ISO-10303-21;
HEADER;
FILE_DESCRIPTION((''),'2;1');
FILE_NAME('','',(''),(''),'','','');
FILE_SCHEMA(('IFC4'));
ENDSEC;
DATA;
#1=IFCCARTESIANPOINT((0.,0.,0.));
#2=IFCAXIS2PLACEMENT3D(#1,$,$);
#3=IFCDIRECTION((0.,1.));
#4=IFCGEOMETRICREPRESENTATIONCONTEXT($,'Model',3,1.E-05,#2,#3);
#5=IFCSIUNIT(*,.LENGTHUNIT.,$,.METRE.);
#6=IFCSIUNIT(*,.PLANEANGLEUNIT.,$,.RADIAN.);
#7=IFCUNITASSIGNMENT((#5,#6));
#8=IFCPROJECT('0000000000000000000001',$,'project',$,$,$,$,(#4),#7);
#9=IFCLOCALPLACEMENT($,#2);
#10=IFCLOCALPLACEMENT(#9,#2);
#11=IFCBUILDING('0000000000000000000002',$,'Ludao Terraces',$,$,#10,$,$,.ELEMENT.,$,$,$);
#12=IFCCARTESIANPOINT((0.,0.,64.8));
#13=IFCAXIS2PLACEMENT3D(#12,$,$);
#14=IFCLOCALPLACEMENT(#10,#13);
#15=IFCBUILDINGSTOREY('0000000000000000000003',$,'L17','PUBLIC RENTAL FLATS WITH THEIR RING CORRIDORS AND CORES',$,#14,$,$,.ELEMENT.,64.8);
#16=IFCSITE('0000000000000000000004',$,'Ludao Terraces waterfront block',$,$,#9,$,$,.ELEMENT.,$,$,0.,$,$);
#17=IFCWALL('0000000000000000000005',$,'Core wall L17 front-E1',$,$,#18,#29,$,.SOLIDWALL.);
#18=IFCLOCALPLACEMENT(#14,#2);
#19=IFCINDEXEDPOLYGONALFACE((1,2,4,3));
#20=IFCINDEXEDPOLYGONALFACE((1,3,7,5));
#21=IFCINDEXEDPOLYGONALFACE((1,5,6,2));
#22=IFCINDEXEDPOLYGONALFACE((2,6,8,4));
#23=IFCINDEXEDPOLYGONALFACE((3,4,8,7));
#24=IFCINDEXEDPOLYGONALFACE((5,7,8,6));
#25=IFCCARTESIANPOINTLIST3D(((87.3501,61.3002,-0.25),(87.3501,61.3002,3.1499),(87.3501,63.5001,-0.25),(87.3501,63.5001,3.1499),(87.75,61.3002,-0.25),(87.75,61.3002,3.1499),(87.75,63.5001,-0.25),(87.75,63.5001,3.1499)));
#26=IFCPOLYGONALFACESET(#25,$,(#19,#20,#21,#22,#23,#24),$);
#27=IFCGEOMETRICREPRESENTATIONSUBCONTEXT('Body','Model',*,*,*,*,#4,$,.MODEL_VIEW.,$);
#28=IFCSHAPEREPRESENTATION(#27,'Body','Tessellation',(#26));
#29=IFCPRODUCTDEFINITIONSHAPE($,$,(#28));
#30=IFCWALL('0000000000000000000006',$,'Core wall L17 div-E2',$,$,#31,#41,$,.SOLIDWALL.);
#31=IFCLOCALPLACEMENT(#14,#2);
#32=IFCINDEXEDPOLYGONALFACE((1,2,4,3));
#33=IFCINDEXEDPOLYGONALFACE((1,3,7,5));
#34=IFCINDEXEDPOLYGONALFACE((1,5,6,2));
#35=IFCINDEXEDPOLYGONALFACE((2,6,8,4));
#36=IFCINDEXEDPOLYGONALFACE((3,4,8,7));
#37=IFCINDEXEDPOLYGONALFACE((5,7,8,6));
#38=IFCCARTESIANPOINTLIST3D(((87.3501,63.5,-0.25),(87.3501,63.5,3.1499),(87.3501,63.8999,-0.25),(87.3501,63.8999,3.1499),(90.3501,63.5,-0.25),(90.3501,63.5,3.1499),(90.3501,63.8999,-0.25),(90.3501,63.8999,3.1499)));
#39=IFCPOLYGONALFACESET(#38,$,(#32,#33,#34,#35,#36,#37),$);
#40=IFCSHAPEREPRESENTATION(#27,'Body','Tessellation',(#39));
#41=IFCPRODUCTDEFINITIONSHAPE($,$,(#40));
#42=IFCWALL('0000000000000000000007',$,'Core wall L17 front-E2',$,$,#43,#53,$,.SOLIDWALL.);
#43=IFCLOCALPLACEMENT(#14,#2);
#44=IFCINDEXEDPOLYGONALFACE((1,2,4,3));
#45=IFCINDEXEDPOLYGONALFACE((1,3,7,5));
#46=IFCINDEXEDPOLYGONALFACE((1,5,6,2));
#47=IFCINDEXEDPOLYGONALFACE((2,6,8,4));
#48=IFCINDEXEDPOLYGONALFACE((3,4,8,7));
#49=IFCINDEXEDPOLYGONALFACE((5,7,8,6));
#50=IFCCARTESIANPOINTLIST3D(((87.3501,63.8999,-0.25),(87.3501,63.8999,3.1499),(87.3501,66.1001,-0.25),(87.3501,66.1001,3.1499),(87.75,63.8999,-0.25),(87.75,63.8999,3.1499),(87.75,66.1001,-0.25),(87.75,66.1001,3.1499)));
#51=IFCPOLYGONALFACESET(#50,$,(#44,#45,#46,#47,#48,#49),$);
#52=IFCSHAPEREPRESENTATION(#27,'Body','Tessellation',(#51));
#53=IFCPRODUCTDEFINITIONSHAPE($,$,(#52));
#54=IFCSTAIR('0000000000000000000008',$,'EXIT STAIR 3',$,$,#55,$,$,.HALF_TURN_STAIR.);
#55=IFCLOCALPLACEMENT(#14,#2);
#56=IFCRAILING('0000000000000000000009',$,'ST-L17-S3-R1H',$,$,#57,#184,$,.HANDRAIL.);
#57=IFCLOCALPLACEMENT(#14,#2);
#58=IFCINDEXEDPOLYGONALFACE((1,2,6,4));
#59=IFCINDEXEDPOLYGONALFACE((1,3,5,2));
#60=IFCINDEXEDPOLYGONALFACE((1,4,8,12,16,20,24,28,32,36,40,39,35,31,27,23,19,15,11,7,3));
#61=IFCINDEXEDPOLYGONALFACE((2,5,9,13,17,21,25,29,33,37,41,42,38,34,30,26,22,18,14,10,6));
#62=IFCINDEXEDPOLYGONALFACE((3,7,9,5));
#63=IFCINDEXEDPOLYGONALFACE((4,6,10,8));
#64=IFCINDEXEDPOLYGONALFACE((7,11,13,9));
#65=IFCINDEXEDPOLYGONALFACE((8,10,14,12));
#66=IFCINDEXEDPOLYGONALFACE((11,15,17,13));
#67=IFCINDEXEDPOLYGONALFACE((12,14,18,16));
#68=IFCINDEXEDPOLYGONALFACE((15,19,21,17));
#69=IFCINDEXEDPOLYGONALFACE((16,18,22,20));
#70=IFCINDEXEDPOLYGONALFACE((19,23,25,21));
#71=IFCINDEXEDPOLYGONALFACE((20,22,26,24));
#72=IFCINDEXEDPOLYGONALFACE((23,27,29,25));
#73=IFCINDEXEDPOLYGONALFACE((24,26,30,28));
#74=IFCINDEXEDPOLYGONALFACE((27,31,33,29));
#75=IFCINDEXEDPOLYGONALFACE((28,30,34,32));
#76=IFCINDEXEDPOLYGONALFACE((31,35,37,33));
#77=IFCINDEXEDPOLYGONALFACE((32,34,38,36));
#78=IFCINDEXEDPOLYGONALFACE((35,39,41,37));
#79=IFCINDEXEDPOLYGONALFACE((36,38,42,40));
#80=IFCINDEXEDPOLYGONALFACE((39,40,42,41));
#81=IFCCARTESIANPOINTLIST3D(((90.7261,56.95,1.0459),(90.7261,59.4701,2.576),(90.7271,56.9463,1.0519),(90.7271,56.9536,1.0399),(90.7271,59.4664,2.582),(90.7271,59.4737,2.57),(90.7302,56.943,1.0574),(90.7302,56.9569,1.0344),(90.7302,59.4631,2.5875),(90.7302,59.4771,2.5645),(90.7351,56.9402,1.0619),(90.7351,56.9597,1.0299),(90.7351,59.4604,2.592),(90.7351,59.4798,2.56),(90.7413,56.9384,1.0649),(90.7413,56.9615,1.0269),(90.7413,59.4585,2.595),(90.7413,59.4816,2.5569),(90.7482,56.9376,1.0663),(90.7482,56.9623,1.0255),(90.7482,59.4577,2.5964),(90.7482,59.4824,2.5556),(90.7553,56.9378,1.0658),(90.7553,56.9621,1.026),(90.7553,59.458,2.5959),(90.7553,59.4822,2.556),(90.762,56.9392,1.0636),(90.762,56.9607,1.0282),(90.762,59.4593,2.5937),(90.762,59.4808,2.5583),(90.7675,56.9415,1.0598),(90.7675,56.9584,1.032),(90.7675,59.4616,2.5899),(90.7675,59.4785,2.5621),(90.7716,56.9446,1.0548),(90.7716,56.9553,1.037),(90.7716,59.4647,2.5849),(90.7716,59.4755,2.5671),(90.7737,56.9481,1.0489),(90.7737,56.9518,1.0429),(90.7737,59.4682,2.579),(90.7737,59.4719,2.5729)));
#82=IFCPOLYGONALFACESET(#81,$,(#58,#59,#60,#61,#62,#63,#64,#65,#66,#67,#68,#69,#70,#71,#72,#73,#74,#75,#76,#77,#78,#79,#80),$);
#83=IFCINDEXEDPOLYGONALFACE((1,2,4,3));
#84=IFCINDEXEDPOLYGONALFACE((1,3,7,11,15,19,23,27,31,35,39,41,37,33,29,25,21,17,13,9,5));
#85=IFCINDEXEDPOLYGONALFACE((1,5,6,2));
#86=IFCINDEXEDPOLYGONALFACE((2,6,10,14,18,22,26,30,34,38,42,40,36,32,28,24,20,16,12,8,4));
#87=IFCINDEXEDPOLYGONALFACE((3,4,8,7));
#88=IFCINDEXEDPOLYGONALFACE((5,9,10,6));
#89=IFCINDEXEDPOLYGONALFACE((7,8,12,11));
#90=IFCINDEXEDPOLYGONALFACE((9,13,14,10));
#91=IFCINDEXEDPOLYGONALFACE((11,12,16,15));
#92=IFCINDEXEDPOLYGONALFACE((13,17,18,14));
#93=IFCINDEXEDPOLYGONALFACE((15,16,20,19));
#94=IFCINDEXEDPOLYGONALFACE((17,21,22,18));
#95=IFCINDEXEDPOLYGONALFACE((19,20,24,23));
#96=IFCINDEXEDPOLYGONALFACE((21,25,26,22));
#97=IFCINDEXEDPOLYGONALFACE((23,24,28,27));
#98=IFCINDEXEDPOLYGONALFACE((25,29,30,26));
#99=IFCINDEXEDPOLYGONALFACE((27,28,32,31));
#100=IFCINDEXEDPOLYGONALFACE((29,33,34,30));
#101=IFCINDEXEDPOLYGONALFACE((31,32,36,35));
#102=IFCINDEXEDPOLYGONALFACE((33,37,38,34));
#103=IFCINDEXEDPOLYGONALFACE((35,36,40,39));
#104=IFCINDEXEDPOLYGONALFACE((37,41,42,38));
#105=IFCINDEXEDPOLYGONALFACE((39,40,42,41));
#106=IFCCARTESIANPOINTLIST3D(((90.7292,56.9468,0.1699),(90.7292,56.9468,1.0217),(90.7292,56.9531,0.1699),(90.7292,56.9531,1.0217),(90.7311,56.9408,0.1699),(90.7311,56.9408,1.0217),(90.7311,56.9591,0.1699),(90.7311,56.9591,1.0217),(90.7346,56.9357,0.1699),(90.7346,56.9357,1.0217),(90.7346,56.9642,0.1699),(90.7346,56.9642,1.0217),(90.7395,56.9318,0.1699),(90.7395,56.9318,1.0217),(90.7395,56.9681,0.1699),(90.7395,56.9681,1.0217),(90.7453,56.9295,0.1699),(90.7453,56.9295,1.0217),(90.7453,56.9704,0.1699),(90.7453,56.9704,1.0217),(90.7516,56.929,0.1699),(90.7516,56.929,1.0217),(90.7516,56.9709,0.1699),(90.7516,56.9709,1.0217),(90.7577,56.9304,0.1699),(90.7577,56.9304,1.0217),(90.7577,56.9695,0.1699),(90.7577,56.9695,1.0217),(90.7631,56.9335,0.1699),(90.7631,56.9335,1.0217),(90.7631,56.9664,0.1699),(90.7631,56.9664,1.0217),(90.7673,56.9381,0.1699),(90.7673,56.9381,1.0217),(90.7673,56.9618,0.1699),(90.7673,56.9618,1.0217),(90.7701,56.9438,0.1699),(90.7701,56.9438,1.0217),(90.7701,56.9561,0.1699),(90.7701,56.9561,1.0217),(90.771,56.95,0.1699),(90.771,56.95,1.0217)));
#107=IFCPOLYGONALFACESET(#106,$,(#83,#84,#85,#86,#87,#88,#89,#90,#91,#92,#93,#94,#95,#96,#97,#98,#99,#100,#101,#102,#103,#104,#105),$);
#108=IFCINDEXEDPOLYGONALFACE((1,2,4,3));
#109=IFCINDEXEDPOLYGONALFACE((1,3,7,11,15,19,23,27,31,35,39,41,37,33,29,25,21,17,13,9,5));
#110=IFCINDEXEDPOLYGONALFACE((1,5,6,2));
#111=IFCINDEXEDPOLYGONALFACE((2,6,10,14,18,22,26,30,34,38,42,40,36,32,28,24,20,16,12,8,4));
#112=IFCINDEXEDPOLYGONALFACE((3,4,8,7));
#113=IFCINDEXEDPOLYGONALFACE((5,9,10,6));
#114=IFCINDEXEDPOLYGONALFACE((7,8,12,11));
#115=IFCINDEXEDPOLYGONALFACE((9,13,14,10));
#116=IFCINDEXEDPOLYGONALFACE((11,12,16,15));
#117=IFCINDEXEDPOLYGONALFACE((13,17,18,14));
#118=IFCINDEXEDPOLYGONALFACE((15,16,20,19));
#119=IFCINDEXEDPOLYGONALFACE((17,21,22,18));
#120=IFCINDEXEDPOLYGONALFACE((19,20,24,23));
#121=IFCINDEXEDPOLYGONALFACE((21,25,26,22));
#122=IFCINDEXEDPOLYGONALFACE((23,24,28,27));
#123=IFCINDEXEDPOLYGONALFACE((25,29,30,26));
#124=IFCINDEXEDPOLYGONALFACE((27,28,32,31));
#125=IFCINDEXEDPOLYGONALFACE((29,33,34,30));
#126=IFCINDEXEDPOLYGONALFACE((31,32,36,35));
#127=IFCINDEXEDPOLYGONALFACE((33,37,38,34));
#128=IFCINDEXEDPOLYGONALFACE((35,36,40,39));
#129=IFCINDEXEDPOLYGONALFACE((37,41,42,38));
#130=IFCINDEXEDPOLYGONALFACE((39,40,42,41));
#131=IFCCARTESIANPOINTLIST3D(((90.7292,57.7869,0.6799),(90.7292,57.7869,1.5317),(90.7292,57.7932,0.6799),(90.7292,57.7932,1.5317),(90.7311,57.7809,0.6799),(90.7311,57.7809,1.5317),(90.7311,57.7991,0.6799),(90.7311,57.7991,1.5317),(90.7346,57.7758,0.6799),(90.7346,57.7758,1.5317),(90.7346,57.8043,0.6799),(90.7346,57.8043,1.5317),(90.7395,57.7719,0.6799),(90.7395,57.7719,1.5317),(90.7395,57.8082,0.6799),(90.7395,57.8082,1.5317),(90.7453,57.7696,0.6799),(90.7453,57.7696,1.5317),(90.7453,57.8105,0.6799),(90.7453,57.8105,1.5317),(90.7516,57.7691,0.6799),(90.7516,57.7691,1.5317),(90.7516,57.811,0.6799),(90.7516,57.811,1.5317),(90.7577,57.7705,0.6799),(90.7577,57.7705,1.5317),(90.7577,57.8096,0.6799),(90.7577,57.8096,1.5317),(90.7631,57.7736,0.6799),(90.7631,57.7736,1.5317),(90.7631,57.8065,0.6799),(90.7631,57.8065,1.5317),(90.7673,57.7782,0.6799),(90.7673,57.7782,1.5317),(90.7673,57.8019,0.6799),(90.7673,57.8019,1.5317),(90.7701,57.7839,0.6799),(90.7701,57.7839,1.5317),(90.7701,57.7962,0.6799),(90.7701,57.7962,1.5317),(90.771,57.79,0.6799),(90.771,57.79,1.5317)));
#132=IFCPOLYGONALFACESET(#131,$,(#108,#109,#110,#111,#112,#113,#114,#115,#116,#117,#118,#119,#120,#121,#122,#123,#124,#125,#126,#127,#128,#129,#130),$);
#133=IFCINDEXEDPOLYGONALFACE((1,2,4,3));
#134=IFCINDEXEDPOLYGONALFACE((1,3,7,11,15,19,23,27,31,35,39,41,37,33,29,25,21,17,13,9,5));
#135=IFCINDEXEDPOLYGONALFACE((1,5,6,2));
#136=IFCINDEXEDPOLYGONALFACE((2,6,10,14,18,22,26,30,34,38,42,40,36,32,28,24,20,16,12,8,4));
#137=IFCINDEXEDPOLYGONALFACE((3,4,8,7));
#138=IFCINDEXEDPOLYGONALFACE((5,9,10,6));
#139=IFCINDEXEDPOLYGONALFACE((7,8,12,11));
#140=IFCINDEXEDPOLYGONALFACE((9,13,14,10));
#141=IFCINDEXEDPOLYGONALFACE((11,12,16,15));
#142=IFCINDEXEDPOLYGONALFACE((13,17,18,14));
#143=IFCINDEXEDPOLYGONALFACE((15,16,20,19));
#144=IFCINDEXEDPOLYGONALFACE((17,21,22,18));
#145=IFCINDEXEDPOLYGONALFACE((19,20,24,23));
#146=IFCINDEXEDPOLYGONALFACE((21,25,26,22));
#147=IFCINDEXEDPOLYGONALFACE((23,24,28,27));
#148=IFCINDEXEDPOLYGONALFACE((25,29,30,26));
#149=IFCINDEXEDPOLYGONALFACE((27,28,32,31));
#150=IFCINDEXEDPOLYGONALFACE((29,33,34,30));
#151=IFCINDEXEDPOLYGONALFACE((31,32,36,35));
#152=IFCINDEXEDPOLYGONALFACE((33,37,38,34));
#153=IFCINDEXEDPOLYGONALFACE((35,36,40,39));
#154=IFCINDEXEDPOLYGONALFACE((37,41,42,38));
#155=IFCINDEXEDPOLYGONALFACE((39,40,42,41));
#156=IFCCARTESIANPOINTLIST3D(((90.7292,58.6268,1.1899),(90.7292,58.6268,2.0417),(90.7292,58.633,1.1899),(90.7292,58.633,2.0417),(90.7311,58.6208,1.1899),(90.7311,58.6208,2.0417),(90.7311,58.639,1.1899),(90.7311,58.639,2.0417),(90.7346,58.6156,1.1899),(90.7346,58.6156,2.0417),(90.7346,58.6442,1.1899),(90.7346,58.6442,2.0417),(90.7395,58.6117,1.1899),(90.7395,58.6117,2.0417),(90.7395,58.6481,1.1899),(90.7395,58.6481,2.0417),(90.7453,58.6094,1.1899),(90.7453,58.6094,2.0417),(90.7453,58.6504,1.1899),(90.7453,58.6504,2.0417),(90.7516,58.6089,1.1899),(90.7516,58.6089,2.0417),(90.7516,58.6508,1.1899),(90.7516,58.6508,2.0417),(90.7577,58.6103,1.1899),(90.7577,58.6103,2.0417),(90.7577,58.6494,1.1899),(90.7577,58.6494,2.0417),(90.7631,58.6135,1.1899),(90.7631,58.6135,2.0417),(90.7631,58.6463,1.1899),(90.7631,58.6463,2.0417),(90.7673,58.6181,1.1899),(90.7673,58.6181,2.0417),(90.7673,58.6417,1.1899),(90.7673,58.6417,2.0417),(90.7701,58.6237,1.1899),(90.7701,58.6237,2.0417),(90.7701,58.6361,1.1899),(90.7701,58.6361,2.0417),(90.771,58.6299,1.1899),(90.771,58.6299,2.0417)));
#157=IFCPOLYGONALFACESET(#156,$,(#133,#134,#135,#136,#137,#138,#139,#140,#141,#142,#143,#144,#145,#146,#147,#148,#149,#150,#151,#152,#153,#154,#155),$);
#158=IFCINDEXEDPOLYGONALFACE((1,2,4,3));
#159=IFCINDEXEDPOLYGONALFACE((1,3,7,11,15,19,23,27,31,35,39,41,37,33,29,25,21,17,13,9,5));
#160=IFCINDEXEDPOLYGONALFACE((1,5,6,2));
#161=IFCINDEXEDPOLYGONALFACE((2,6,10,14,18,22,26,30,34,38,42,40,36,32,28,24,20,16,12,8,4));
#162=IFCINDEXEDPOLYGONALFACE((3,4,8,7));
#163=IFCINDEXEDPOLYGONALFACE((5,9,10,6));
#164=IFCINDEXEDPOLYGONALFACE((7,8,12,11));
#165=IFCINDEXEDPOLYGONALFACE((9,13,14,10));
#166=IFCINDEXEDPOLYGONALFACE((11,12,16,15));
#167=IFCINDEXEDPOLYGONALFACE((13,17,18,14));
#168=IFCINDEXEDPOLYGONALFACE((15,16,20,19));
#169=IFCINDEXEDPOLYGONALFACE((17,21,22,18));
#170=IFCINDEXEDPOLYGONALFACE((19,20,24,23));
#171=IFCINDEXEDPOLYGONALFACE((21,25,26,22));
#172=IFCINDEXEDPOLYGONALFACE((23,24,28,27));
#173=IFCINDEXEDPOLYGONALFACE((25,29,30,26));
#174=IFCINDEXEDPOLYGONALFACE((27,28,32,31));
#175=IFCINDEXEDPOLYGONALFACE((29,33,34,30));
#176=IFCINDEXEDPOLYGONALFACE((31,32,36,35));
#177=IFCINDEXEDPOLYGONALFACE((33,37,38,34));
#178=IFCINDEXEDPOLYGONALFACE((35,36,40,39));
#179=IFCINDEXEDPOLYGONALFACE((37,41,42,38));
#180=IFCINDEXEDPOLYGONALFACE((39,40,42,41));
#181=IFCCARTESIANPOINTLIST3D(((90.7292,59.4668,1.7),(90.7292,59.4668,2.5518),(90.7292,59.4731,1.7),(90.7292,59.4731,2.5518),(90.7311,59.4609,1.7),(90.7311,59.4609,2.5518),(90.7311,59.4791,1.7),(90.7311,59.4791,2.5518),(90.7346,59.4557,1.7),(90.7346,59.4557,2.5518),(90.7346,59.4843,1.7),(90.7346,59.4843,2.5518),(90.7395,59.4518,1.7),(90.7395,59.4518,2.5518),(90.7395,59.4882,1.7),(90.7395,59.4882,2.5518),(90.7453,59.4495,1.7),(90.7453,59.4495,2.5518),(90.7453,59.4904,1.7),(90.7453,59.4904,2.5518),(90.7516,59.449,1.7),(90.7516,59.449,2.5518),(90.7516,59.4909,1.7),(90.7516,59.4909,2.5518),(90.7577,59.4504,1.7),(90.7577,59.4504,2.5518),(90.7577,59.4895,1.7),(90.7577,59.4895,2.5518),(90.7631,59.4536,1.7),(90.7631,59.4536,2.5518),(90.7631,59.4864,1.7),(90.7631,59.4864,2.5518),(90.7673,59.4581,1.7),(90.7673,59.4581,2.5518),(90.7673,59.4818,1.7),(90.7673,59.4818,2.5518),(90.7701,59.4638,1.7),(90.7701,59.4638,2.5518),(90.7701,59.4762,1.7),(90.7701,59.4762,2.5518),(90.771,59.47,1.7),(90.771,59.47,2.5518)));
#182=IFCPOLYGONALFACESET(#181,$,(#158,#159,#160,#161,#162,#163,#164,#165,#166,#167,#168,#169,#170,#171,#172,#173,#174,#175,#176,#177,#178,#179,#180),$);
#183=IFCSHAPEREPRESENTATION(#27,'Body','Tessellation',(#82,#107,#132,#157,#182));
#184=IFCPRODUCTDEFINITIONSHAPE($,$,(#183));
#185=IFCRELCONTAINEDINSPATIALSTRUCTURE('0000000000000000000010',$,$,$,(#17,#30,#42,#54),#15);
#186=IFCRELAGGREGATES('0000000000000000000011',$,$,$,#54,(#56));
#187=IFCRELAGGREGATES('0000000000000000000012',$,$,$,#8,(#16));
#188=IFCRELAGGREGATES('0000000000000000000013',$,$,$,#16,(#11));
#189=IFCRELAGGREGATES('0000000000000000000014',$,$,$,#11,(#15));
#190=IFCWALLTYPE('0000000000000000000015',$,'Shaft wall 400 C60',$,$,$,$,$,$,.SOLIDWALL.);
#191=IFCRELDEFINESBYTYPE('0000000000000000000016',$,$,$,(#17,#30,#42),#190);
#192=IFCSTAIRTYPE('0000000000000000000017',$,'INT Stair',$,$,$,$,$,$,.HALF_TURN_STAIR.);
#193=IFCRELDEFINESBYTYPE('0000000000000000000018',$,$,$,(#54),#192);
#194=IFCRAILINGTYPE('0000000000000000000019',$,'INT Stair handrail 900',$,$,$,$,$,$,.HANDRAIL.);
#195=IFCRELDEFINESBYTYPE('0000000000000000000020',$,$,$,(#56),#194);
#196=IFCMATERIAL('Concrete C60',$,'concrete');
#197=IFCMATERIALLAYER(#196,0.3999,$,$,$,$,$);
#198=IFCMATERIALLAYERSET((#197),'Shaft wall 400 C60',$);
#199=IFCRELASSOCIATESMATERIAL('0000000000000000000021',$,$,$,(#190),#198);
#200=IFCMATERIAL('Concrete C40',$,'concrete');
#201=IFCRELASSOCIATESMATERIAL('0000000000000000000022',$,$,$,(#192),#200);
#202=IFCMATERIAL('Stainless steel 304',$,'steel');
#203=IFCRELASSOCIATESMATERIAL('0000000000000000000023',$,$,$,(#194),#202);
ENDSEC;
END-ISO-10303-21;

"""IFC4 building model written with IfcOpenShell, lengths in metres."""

from ifc_helpers import new_model, si_unit, direction, frame, frame_2d, origin, origin_2d, place, context, subcontext, project, spatial, rectangle, circle, extrude, material, layer, layer_set, type_object, element, aggregate, save


model = new_model("IFC4")

# Units and contexts
model_context = context("Model", 3, precision=1e-05, world=origin(), true_north=direction((0.0, 1.0)))
body_context = subcontext(model_context, "Body", "Model", "MODEL_VIEW")
ifc_project = project(units=[si_unit("LENGTHUNIT", "METRE"), si_unit("PLANEANGLEUNIT", "RADIAN")], contexts=[model_context])

# Site, building, storey
site_placement = place(None, origin())
site = spatial("IfcSite", under=ifc_project, at=site_placement, Name="Ludao Terraces waterfront block", CompositionType="ELEMENT", RefElevation=0.0)
building_placement = place(site_placement, origin())
building = spatial("IfcBuilding", under=site, at=building_placement, Name="Ludao Terraces", CompositionType="ELEMENT")
storey_placement = place(building_placement, frame((0.0, 0.0, 64.8)))
storey = spatial("IfcBuildingStorey", under=building, at=storey_placement, Name="L17", Description="PUBLIC RENTAL FLATS WITH THEIR RING CORRIDORS AND CORES", CompositionType="ELEMENT", Elevation=64.8)

# Shared definitions
ifc_material_1 = material(Name="Concrete C60", Category="concrete")
ifc_layer_1 = layer(ifc_material_1, 0.3999)
ifc_layer_set_1 = layer_set([ifc_layer_1], Name="Shaft wall 400 C60")
wall_type_1 = type_object("IfcWallType", Name="Shaft wall 400 C60", PredefinedType="SOLIDWALL", material=ifc_layer_set_1)

# Walls
wall_1_placement = place(storey_placement, frame((87.55, 61.3, -0.25), z_axis=(0.0, 0.0, 1.0), x_axis=(0.0, 1.0, 0.0)))
element("IfcWall", 1, at=wall_1_placement, inside=storey, type_object=wall_type_1, Name="Core wall L17 front-E1", PredefinedType="SOLIDWALL", context=body_context, shape_type="SweptSolid", body=[
    extrude(rectangle(XDim=2.2, YDim=0.3999, at=frame_2d((1.1001, 0.0))), origin(), (0.0, 0.0, 1.0), 3.3999),
])
wall_2_placement = place(storey_placement, frame((87.3501, 63.7, -0.25), z_axis=(0.0, 0.0, 1.0), x_axis=(1.0, 0.0, 0.0)))
element("IfcWall", 2, at=wall_2_placement, inside=storey, type_object=wall_type_1, Name="Core wall L17 div-E2", PredefinedType="SOLIDWALL", context=body_context, shape_type="SweptSolid", body=[
    extrude(rectangle(XDim=3.0, YDim=0.3999, at=frame_2d((1.5, 0.0))), origin(), (0.0, 0.0, 1.0), 3.3999),
])
wall_3_placement = place(storey_placement, frame((87.55, 63.8999, -0.25), z_axis=(0.0, 0.0, 1.0), x_axis=(0.0, 1.0, 0.0)))
element("IfcWall", 3, at=wall_3_placement, inside=storey, type_object=wall_type_1, Name="Core wall L17 front-E2", PredefinedType="SOLIDWALL", context=body_context, shape_type="SweptSolid", body=[
    extrude(rectangle(XDim=2.2002, YDim=0.3999, at=frame_2d((1.1001, 0.0))), origin(), (0.0, 0.0, 1.0), 3.3999),
])

# Stair, railing
ifc_material_2 = material(Name="Concrete C40", Category="concrete")
stair_type = type_object("IfcStairType", Name="INT Stair", PredefinedType="HALF_TURN_STAIR", material=ifc_material_2)
stair_placement = place(storey_placement, origin())
stair = element("IfcStair", 4, at=stair_placement, inside=storey, type_object=stair_type, Name="EXIT STAIR 3", PredefinedType="HALF_TURN_STAIR")
ifc_material_3 = material(Name="Stainless steel 304", Category="steel")
railing_type = type_object("IfcRailingType", Name="INT Stair handrail 900", PredefinedType="HANDRAIL", material=ifc_material_3)
railing_placement = place(storey_placement, frame((90.75, 56.95, 0.1699)))
railing = element("IfcRailing", 5, at=railing_placement, type_object=railing_type, Name="ST-L17-S3-R1H", PredefinedType="HANDRAIL", context=body_context, shape_type="SweptSolid", body=[
    extrude(circle(Radius=0.0239, at=origin_2d()), frame((0.0, 0.0, 0.876), z_axis=(0.0, 0.854785, 0.518982), x_axis=(-1.0, 0.0, 0.0)), (0.0, 0.0, 1.0), 2.9482),
    extrude(circle(Radius=0.021, at=origin_2d()), origin(), (0.0, 0.0, 1.0), 0.8518),
    extrude(circle(Radius=0.021, at=origin_2d()), frame((0.0, 0.8401, 0.51)), (0.0, 0.0, 1.0), 0.8518),
    extrude(circle(Radius=0.021, at=origin_2d()), frame((0.0, 1.6799, 1.02)), (0.0, 0.0, 1.0), 0.8518),
    extrude(circle(Radius=0.021, at=origin_2d()), frame((0.0, 2.52, 1.53)), (0.0, 0.0, 1.0), 0.8518),
])
aggregate(stair, [railing])

save(model, "model.ifc")
